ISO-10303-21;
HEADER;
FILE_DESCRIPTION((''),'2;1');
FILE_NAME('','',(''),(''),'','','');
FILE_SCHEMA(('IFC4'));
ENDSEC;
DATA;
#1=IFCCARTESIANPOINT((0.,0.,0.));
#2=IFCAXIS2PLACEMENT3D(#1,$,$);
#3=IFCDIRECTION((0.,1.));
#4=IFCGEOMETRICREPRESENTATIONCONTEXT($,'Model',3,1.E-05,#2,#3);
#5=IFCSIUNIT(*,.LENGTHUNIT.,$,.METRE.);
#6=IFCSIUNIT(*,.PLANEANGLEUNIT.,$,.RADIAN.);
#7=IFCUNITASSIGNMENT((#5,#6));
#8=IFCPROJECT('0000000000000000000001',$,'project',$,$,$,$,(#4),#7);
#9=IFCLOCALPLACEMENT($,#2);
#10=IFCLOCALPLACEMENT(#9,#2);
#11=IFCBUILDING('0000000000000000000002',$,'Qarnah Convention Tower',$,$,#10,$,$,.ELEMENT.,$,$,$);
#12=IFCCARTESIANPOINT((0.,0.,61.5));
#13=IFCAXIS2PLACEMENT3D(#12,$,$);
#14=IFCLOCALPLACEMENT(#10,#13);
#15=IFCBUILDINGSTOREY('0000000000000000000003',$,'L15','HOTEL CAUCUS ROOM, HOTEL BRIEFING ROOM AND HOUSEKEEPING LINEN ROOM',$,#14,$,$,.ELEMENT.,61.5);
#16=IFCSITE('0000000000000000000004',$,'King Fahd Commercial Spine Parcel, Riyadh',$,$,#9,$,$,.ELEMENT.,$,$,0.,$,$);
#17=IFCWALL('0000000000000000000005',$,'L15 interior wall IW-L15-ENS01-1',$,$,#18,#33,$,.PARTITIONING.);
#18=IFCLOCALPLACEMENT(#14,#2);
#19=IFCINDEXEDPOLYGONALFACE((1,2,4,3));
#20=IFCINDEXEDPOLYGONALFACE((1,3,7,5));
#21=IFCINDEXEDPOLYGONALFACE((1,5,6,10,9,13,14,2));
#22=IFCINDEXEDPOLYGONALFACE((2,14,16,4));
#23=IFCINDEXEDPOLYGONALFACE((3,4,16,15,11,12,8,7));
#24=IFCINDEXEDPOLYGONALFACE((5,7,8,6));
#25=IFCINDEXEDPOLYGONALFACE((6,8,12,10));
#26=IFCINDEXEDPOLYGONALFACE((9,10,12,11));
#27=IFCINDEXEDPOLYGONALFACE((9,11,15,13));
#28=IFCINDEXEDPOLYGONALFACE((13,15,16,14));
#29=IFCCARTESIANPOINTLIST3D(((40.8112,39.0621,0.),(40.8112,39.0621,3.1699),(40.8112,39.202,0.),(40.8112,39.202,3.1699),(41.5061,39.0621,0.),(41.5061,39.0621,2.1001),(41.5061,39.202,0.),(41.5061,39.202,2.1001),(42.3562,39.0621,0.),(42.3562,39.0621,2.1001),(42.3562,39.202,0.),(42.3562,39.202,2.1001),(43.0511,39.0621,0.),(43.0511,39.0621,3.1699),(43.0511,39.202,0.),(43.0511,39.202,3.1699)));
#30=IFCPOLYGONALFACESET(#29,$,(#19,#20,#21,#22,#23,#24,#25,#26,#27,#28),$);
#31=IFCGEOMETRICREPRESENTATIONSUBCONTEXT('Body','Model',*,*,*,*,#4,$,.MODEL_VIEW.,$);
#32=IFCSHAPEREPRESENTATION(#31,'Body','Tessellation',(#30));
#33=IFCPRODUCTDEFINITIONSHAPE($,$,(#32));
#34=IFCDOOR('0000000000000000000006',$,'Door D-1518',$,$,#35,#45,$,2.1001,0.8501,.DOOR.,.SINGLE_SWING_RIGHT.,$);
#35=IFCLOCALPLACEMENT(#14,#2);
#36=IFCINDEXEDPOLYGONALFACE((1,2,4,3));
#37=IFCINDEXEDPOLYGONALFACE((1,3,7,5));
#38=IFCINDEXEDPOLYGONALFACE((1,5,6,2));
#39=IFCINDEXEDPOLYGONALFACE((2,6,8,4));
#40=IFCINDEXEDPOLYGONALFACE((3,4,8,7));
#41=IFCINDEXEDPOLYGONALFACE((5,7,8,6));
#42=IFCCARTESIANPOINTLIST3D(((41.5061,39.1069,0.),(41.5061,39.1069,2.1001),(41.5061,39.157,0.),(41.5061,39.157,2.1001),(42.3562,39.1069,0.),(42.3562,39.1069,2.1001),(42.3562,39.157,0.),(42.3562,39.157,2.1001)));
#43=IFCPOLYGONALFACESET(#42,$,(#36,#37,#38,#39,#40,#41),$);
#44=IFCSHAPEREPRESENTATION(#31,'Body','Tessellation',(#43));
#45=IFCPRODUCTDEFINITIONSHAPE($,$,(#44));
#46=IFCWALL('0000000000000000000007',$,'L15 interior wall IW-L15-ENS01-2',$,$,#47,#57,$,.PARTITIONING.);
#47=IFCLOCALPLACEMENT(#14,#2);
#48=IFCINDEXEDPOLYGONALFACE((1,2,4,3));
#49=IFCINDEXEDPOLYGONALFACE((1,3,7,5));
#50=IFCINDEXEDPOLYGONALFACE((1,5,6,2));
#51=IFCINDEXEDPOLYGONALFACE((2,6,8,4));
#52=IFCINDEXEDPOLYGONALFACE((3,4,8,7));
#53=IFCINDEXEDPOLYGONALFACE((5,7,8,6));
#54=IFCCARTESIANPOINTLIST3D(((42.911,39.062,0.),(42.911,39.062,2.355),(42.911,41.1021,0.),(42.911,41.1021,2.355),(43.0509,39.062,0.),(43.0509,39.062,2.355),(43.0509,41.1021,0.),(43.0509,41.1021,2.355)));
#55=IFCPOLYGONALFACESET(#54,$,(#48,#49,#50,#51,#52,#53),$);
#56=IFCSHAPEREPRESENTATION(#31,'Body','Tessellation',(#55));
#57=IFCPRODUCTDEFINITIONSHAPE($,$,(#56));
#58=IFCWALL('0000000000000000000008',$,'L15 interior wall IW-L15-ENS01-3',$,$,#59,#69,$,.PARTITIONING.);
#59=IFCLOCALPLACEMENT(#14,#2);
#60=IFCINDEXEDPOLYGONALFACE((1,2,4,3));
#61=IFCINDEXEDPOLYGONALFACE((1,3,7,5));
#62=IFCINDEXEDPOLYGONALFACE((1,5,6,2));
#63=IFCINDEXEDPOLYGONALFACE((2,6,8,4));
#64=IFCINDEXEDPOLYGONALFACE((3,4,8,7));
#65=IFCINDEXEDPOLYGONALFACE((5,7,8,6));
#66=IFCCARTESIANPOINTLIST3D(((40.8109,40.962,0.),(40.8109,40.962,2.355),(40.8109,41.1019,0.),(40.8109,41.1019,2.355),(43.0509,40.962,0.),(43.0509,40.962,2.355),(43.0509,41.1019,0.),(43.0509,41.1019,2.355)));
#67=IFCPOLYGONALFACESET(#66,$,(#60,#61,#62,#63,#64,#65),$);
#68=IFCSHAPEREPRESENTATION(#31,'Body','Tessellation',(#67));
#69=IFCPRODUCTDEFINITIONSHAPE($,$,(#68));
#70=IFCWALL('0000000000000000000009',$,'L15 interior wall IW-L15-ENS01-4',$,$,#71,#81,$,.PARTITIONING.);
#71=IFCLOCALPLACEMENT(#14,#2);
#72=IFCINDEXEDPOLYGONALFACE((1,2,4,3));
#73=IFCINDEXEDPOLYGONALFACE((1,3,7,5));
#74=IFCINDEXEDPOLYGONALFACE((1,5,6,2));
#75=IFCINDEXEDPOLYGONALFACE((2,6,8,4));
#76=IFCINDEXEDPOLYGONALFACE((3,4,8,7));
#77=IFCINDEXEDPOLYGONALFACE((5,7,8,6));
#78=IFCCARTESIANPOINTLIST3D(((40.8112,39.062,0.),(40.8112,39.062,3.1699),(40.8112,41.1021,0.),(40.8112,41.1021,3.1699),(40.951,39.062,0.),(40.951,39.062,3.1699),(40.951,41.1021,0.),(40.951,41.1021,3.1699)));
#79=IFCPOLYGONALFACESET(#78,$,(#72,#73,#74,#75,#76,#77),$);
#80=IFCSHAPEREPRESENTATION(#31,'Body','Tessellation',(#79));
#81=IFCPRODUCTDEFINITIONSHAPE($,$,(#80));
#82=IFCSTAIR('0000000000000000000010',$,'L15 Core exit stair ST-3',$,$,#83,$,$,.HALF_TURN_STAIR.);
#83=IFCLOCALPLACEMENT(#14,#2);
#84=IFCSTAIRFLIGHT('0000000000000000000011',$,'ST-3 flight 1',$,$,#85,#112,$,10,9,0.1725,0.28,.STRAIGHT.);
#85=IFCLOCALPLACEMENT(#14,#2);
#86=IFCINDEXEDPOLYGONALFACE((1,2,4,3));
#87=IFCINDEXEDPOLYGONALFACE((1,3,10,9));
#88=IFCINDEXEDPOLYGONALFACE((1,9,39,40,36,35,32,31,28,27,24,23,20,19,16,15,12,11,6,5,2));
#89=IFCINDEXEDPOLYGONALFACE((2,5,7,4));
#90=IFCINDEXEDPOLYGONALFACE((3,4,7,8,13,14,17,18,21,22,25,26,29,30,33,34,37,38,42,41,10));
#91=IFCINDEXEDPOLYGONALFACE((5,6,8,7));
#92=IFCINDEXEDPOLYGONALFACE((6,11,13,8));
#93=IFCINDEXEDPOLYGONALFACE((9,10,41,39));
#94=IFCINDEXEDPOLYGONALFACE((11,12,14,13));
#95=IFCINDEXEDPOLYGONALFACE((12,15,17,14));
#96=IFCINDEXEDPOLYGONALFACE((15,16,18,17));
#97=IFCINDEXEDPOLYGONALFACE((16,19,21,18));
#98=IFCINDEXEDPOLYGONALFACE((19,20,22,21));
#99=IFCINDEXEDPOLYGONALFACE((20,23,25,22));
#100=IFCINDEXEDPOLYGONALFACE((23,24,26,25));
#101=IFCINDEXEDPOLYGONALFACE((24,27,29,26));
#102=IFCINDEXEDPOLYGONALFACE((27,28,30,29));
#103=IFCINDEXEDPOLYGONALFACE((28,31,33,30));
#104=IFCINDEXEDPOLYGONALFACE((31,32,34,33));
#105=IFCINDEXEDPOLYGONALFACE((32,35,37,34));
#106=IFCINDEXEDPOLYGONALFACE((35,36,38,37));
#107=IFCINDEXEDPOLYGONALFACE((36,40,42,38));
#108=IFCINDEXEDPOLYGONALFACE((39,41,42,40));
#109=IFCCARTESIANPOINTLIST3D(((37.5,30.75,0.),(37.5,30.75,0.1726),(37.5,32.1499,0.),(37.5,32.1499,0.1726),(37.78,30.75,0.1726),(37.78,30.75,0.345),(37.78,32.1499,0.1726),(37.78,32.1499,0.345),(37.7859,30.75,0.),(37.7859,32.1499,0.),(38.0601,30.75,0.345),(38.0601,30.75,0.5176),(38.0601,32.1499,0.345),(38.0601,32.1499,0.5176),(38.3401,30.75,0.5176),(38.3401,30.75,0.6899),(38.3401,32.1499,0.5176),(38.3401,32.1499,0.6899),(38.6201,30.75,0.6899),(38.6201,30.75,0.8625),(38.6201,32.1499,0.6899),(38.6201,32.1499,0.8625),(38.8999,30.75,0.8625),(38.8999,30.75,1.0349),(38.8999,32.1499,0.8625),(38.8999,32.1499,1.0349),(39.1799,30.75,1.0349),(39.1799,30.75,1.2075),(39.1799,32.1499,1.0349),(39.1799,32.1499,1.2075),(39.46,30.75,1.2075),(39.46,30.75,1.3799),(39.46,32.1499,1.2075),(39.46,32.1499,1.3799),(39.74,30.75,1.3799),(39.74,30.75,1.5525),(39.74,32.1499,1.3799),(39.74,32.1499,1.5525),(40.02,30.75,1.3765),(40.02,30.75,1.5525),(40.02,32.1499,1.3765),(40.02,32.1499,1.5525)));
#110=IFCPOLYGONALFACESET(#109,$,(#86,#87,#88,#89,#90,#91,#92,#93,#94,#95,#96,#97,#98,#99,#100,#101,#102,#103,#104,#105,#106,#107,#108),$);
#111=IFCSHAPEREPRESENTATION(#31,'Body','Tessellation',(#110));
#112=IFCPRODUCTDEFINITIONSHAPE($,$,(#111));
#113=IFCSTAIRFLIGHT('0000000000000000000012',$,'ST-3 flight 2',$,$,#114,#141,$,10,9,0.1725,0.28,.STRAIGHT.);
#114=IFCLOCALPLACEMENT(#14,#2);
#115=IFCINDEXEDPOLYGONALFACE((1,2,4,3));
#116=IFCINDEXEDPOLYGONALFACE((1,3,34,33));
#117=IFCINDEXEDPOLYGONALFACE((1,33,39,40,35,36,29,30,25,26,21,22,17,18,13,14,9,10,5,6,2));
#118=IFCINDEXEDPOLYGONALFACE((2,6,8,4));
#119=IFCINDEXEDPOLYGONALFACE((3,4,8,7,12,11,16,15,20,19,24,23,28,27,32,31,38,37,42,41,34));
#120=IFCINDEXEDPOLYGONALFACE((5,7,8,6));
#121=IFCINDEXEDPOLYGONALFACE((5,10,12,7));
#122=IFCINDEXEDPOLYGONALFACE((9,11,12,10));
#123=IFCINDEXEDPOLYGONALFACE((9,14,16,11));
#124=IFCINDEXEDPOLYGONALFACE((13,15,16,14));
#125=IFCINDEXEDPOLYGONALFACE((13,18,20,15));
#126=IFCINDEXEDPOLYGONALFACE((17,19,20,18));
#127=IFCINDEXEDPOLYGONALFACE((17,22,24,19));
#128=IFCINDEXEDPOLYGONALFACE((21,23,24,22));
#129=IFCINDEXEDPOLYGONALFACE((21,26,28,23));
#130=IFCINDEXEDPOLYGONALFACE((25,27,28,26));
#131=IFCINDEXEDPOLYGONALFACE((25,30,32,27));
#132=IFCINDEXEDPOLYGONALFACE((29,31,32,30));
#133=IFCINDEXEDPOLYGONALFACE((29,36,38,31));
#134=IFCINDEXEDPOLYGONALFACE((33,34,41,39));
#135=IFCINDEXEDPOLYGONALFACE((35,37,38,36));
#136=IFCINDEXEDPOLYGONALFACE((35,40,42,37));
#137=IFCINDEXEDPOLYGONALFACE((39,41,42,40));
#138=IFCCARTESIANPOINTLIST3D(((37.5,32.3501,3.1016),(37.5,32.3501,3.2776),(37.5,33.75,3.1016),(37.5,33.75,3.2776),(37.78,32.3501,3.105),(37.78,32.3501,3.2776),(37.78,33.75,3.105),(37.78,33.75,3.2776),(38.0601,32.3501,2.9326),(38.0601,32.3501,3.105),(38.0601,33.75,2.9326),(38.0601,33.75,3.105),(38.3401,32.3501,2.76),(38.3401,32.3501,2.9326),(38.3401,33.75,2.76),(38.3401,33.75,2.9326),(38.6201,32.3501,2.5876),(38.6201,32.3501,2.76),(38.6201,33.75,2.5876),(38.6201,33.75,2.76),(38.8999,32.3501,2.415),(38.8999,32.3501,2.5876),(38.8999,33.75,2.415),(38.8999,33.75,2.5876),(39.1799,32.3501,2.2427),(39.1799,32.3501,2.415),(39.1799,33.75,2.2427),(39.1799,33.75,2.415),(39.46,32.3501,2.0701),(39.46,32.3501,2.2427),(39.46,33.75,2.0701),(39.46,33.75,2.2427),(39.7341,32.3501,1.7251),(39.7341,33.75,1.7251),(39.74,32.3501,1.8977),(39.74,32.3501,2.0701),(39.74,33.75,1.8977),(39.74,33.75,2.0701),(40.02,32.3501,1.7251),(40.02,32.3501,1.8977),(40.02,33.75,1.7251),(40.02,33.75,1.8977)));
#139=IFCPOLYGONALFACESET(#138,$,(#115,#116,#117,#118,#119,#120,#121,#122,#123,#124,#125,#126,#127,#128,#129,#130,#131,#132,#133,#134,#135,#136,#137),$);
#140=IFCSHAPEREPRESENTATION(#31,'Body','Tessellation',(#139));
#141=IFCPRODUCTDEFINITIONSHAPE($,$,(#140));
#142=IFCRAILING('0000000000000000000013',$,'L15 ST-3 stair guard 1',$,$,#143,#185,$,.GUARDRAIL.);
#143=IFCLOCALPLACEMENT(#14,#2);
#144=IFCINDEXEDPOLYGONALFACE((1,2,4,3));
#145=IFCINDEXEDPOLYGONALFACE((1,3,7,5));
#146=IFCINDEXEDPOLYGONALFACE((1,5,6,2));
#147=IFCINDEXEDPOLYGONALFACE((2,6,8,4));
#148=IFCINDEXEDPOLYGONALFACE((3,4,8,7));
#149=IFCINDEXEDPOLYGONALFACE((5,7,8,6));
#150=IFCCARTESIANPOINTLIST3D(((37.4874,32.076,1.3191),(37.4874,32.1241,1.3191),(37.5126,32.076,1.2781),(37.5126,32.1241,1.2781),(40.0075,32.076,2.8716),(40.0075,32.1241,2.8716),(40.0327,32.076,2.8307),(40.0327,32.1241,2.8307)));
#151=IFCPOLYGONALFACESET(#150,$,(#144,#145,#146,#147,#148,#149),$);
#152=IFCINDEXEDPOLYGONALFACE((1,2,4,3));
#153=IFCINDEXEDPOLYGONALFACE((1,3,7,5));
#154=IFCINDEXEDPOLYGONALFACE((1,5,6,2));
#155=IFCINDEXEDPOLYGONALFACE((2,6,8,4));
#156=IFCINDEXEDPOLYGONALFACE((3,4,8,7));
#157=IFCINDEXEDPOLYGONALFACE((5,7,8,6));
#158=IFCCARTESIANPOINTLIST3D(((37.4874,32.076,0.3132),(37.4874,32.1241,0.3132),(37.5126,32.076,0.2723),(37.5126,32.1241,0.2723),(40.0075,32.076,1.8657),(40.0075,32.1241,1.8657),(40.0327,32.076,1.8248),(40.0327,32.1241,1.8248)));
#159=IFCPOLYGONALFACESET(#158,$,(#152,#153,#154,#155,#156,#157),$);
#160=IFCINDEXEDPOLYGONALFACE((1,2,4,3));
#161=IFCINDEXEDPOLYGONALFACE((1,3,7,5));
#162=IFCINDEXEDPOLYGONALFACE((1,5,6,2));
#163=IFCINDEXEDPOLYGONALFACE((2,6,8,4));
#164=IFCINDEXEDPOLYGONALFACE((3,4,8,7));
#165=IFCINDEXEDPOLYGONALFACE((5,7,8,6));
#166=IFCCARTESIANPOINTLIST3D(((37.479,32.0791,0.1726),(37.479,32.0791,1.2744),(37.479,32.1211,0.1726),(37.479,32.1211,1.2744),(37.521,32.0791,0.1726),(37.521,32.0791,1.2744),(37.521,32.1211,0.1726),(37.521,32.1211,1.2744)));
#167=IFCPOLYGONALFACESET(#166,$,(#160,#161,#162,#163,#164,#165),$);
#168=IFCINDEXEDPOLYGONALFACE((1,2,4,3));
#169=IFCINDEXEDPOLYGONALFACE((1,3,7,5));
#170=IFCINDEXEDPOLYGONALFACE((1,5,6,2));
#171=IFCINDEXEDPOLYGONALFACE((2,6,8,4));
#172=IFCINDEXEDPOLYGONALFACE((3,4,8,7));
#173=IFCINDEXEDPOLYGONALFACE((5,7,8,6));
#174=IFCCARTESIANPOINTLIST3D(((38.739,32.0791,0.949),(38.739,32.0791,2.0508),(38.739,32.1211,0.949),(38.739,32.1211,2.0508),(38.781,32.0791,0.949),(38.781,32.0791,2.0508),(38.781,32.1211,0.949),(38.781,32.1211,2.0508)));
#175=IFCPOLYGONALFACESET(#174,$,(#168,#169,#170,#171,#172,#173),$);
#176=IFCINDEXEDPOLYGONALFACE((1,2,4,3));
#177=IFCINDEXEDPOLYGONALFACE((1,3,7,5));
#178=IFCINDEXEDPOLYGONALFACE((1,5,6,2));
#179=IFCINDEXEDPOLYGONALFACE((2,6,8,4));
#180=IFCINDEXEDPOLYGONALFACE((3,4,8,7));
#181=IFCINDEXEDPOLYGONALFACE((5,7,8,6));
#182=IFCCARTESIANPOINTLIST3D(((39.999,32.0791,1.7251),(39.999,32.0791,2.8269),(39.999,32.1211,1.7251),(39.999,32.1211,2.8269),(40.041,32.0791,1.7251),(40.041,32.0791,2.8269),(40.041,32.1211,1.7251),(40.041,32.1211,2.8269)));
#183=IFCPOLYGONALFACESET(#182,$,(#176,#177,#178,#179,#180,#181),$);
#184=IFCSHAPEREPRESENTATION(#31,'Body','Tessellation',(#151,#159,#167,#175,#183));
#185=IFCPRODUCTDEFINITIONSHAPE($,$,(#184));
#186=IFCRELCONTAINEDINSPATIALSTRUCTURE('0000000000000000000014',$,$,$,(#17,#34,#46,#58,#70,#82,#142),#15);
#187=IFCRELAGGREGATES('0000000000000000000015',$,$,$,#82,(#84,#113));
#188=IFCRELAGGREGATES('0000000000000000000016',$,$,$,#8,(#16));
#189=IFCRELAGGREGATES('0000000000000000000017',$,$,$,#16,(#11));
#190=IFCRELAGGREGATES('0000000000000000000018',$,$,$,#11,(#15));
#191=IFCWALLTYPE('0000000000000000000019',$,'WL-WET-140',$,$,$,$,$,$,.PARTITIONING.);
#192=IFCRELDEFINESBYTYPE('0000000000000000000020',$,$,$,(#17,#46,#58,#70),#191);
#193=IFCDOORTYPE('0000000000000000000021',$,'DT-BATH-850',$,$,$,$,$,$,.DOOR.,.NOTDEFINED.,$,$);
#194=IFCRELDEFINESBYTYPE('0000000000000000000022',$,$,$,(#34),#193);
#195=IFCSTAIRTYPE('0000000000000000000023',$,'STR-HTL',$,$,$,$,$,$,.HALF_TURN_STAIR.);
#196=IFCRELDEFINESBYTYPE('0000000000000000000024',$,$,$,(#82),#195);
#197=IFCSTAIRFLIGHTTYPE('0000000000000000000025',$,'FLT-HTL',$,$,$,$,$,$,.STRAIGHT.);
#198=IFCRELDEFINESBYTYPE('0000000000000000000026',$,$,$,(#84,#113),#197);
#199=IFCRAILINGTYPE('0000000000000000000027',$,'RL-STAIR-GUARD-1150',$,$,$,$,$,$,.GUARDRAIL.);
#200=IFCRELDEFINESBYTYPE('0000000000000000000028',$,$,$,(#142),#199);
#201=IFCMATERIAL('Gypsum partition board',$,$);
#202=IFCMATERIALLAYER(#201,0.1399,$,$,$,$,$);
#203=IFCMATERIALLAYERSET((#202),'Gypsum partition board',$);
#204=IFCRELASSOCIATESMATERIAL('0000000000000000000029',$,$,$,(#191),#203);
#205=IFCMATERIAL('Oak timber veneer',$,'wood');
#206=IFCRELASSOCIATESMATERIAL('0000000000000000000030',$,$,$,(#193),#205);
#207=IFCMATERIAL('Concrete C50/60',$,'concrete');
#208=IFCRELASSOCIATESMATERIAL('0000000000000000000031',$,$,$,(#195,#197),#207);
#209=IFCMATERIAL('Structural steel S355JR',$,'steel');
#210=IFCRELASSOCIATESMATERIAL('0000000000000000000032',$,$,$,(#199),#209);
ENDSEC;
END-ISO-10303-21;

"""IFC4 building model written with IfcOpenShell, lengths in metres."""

from ifc_helpers import new_model, si_unit, direction, frame, frame_2d, origin, origin_2d, place, context, subcontext, project, spatial, polyline, rectangle, outline, extrude, material, layer, layer_set, type_object, element, fill, aggregate, save


model = new_model("IFC4")

# Units and contexts
model_context = context("Model", 3, precision=1e-05, world=origin(), true_north=direction((0.0, 1.0)))
body_context = subcontext(model_context, "Body", "Model", "MODEL_VIEW")
ifc_project = project(units=[si_unit("LENGTHUNIT", "METRE"), si_unit("PLANEANGLEUNIT", "RADIAN")], contexts=[model_context])

# Site, building, storey
site_placement = place(None, origin())
site = spatial("IfcSite", under=ifc_project, at=site_placement, Name="King Fahd Commercial Spine Parcel, Riyadh", CompositionType="ELEMENT", RefElevation=0.0)
building_placement = place(site_placement, origin())
building = spatial("IfcBuilding", under=site, at=building_placement, Name="Qarnah Convention Tower", CompositionType="ELEMENT")
storey_placement = place(building_placement, frame((0.0, 0.0, 61.5)))
storey = spatial("IfcBuildingStorey", under=building, at=storey_placement, Name="L15", Description="HOTEL CAUCUS ROOM, HOTEL BRIEFING ROOM AND HOUSEKEEPING LINEN ROOM", CompositionType="ELEMENT", Elevation=61.5)

# Shared definitions
ifc_material_1 = material(Name="Structural steel S355JR", Category="steel")

# Shared definitions
ifc_material_2 = material(Name="Gypsum partition board")

# Wall, opening, door
ifc_material_3 = material(Name="Oak timber veneer", Category="wood")
ifc_layer_1 = layer(ifc_material_2, 0.1399)
ifc_layer_set_1 = layer_set([ifc_layer_1], Name="Gypsum partition board")
wall_type_1 = type_object("IfcWallType", Name="WL-WET-140", PredefinedType="PARTITIONING", material=ifc_layer_set_1)
wall_1_placement = place(storey_placement, frame((40.811, 39.1321, 0.0), z_axis=(0.0, 0.0, 1.0), x_axis=(1.0, 0.0, 0.0)))
wall_1 = element("IfcWall", 1, at=wall_1_placement, inside=storey, type_object=wall_type_1, Name="L15 interior wall IW-L15-ENS01-1", PredefinedType="PARTITIONING", context=body_context, shape_type="SweptSolid", body=[
    extrude(rectangle(XDim=2.24, YDim=0.1399, at=frame_2d((1.1201, 0.0))), origin(), (0.0, 0.0, 1.0), 3.1699),
])
opening_1_placement = place(wall_1_placement, frame((0.6951, 0.0, 0.0)))
opening_1 = element("IfcOpeningElement", 2, at=opening_1_placement, cuts=wall_1, PredefinedType="OPENING", context=body_context, shape_type="SweptSolid", body=[
    extrude(rectangle(XDim=0.8501, YDim=2.1001, at=frame_2d((0.425, 1.05))), frame((0.0, 0.0798, 0.0), z_axis=(0.0, -1.0, 0.0), x_axis=(1.0, 0.0, 0.0)), (0.0, 0.0, 1.0), 0.1599),
])
door_type_1 = type_object("IfcDoorType", Name="DT-BATH-850", OperationType="NOTDEFINED", PredefinedType="DOOR", material=ifc_material_3)
door_1_placement = place(opening_1_placement, origin())
door_1 = element("IfcDoor", 3, at=door_1_placement, inside=storey, type_object=door_type_1, Name="Door D-1518", OperationType="SINGLE_SWING_RIGHT", OverallHeight=2.1001, OverallWidth=0.8501, PredefinedType="DOOR", context=body_context, shape_type="SweptSolid", body=[
    extrude(rectangle(XDim=0.8501, YDim=2.1001, at=frame_2d((0.425, 1.05))), frame((0.0, 0.0249, 0.0), z_axis=(0.0, -1.0, 0.0), x_axis=(1.0, 0.0, 0.0)), (0.0, 0.0, 1.0), 0.05),
])
fill(opening_1, door_1)

# Walls
wall_2_placement = place(storey_placement, frame((42.981, 39.062, 0.0), z_axis=(0.0, 0.0, 1.0), x_axis=(0.0, 1.0, 0.0)))
element("IfcWall", 4, at=wall_2_placement, inside=storey, type_object=wall_type_1, Name="L15 interior wall IW-L15-ENS01-2", PredefinedType="PARTITIONING", context=body_context, shape_type="SweptSolid", body=[
    extrude(rectangle(XDim=2.04, YDim=0.1399, at=frame_2d((1.02, 0.0))), origin(), (0.0, 0.0, 1.0), 2.355),
])
wall_3_placement = place(storey_placement, frame((43.051, 41.032, 0.0), z_axis=(0.0, 0.0, 1.0), x_axis=(-1.0, 0.0, 0.0)))
element("IfcWall", 5, at=wall_3_placement, inside=storey, type_object=wall_type_1, Name="L15 interior wall IW-L15-ENS01-3", PredefinedType="PARTITIONING", context=body_context, shape_type="SweptSolid", body=[
    extrude(rectangle(XDim=2.24, YDim=0.1399, at=frame_2d((1.1201, 0.0))), origin(), (0.0, 0.0, 1.0), 2.355),
])
wall_4_placement = place(storey_placement, frame((40.8811, 41.1021, 0.0), z_axis=(0.0, 0.0, 1.0), x_axis=(0.0, -1.0, 0.0)))
element("IfcWall", 6, at=wall_4_placement, inside=storey, type_object=wall_type_1, Name="L15 interior wall IW-L15-ENS01-4", PredefinedType="PARTITIONING", context=body_context, shape_type="SweptSolid", body=[
    extrude(rectangle(XDim=2.04, YDim=0.1399, at=frame_2d((1.02, 0.0))), origin(), (0.0, 0.0, 1.0), 3.1699),
])

# Stair, stair flights
ifc_material_4 = material(Name="Concrete C50/60", Category="concrete")
stair_type = type_object("IfcStairType", Name="STR-HTL", PredefinedType="HALF_TURN_STAIR", material=ifc_material_4)
stair_placement = place(storey_placement, origin())
stair = element("IfcStair", 7, at=stair_placement, inside=storey, type_object=stair_type, Name="L15 Core exit stair ST-3", PredefinedType="HALF_TURN_STAIR")
stair_flight_type = type_object("IfcStairFlightType", Name="FLT-HTL", PredefinedType="STRAIGHT", material=ifc_material_4)
stair_flight_1_placement = place(storey_placement, frame((37.5, 31.45, 0.0), z_axis=(0.0, 0.0, 1.0), x_axis=(1.0, 0.0, 0.0)))
stair_flight_1 = element("IfcStairFlight", 8, at=stair_flight_1_placement, type_object=stair_flight_type, Name="ST-3 flight 1", NumberOfRisers=10, NumberOfTreads=9, PredefinedType="STRAIGHT", RiserHeight=0.1725, TreadLength=0.28, context=body_context, shape_type="SweptSolid", body=[
    extrude(outline(polyline([(0.0, 0.0), (0.0, 0.1726), (0.28, 0.1726), (0.28, 0.345), (0.5601, 0.345), (0.5601, 0.5176), (0.8401, 0.5176), (0.8401, 0.6899), (1.1201, 0.6899), (1.1201, 0.8625), (1.3999, 0.8625), (1.3999, 1.0349), (1.6799, 1.0349), (1.6799, 1.2075), (1.96, 1.2075), (1.96, 1.3799), (2.24, 1.3799), (2.24, 1.5525), (2.52, 1.5525), (2.52, 1.7251), (2.52, 1.3765), (0.2859, 0.0), (0.0, 0.0)])), frame((0.0, 0.7, 0.0), z_axis=(0.0, -1.0, 0.0), x_axis=(1.0, 0.0, 0.0)), (0.0, 0.0, 1.0), 1.3999),
])
stair_flight_2_placement = place(storey_placement, frame((40.02, 33.05, 1.7251), z_axis=(0.0, 0.0, 1.0), x_axis=(-1.0, 0.0, 0.0)))
stair_flight_2 = element("IfcStairFlight", 9, at=stair_flight_2_placement, type_object=stair_flight_type, Name="ST-3 flight 2", NumberOfRisers=10, NumberOfTreads=9, PredefinedType="STRAIGHT", RiserHeight=0.1725, TreadLength=0.28, context=body_context, shape_type="SweptSolid", body=[
    extrude(outline(polyline([(0.0, 0.0), (0.0, 0.1726), (0.28, 0.1726), (0.28, 0.345), (0.5601, 0.345), (0.5601, 0.5176), (0.8401, 0.5176), (0.8401, 0.6899), (1.1201, 0.6899), (1.1201, 0.8625), (1.3999, 0.8625), (1.3999, 1.0349), (1.6799, 1.0349), (1.6799, 1.2075), (1.96, 1.2075), (1.96, 1.3799), (2.24, 1.3799), (2.24, 1.5525), (2.52, 1.5525), (2.52, 1.7251), (2.52, 1.3765), (0.2859, 0.0), (0.0, 0.0)])), frame((0.0, 0.7, 0.0), z_axis=(0.0, -1.0, 0.0), x_axis=(1.0, 0.0, 0.0)), (0.0, 0.0, 1.0), 1.3999),
])
aggregate(stair, [stair_flight_1, stair_flight_2])

# Railing
railing_type_1 = type_object("IfcRailingType", Name="RL-STAIR-GUARD-1150", PredefinedType="GUARDRAIL", material=ifc_material_1)
railing_1_placement = place(storey_placement, frame((37.5, 32.1001, 0.1726)))
element("IfcRailing", 10, at=railing_1_placement, inside=storey, type_object=railing_type_1, Name="L15 ST-3 stair guard 1", PredefinedType="GUARDRAIL", context=body_context, shape_type="SweptSolid", body=[
    extrude(rectangle(XDim=0.0481, YDim=0.0481, at=origin_2d()), frame((0.0, 0.0, 1.126), z_axis=(0.8514, 0.0, 0.524516), x_axis=(0.0, 1.0, 0.0)), (0.0, 0.0, 1.0), 2.96),
    extrude(rectangle(XDim=0.0481, YDim=0.0481, at=origin_2d()), frame((0.0, 0.0, 0.1201), z_axis=(0.8514, 0.0, 0.524516), x_axis=(0.0, 1.0, 0.0)), (0.0, 0.0, 1.0), 2.96),
    extrude(rectangle(XDim=0.042, YDim=0.042, at=origin_2d()), origin(), (0.0, 0.0, 1.0), 1.1018),
    extrude(rectangle(XDim=0.042, YDim=0.042, at=origin_2d()), frame((1.26, 0.0, 0.7764)), (0.0, 0.0, 1.0), 1.1018),
    extrude(rectangle(XDim=0.042, YDim=0.042, at=origin_2d()), frame((2.52, 0.0, 1.5525)), (0.0, 0.0, 1.0), 1.1018),
])

save(model, "model.ifc")
